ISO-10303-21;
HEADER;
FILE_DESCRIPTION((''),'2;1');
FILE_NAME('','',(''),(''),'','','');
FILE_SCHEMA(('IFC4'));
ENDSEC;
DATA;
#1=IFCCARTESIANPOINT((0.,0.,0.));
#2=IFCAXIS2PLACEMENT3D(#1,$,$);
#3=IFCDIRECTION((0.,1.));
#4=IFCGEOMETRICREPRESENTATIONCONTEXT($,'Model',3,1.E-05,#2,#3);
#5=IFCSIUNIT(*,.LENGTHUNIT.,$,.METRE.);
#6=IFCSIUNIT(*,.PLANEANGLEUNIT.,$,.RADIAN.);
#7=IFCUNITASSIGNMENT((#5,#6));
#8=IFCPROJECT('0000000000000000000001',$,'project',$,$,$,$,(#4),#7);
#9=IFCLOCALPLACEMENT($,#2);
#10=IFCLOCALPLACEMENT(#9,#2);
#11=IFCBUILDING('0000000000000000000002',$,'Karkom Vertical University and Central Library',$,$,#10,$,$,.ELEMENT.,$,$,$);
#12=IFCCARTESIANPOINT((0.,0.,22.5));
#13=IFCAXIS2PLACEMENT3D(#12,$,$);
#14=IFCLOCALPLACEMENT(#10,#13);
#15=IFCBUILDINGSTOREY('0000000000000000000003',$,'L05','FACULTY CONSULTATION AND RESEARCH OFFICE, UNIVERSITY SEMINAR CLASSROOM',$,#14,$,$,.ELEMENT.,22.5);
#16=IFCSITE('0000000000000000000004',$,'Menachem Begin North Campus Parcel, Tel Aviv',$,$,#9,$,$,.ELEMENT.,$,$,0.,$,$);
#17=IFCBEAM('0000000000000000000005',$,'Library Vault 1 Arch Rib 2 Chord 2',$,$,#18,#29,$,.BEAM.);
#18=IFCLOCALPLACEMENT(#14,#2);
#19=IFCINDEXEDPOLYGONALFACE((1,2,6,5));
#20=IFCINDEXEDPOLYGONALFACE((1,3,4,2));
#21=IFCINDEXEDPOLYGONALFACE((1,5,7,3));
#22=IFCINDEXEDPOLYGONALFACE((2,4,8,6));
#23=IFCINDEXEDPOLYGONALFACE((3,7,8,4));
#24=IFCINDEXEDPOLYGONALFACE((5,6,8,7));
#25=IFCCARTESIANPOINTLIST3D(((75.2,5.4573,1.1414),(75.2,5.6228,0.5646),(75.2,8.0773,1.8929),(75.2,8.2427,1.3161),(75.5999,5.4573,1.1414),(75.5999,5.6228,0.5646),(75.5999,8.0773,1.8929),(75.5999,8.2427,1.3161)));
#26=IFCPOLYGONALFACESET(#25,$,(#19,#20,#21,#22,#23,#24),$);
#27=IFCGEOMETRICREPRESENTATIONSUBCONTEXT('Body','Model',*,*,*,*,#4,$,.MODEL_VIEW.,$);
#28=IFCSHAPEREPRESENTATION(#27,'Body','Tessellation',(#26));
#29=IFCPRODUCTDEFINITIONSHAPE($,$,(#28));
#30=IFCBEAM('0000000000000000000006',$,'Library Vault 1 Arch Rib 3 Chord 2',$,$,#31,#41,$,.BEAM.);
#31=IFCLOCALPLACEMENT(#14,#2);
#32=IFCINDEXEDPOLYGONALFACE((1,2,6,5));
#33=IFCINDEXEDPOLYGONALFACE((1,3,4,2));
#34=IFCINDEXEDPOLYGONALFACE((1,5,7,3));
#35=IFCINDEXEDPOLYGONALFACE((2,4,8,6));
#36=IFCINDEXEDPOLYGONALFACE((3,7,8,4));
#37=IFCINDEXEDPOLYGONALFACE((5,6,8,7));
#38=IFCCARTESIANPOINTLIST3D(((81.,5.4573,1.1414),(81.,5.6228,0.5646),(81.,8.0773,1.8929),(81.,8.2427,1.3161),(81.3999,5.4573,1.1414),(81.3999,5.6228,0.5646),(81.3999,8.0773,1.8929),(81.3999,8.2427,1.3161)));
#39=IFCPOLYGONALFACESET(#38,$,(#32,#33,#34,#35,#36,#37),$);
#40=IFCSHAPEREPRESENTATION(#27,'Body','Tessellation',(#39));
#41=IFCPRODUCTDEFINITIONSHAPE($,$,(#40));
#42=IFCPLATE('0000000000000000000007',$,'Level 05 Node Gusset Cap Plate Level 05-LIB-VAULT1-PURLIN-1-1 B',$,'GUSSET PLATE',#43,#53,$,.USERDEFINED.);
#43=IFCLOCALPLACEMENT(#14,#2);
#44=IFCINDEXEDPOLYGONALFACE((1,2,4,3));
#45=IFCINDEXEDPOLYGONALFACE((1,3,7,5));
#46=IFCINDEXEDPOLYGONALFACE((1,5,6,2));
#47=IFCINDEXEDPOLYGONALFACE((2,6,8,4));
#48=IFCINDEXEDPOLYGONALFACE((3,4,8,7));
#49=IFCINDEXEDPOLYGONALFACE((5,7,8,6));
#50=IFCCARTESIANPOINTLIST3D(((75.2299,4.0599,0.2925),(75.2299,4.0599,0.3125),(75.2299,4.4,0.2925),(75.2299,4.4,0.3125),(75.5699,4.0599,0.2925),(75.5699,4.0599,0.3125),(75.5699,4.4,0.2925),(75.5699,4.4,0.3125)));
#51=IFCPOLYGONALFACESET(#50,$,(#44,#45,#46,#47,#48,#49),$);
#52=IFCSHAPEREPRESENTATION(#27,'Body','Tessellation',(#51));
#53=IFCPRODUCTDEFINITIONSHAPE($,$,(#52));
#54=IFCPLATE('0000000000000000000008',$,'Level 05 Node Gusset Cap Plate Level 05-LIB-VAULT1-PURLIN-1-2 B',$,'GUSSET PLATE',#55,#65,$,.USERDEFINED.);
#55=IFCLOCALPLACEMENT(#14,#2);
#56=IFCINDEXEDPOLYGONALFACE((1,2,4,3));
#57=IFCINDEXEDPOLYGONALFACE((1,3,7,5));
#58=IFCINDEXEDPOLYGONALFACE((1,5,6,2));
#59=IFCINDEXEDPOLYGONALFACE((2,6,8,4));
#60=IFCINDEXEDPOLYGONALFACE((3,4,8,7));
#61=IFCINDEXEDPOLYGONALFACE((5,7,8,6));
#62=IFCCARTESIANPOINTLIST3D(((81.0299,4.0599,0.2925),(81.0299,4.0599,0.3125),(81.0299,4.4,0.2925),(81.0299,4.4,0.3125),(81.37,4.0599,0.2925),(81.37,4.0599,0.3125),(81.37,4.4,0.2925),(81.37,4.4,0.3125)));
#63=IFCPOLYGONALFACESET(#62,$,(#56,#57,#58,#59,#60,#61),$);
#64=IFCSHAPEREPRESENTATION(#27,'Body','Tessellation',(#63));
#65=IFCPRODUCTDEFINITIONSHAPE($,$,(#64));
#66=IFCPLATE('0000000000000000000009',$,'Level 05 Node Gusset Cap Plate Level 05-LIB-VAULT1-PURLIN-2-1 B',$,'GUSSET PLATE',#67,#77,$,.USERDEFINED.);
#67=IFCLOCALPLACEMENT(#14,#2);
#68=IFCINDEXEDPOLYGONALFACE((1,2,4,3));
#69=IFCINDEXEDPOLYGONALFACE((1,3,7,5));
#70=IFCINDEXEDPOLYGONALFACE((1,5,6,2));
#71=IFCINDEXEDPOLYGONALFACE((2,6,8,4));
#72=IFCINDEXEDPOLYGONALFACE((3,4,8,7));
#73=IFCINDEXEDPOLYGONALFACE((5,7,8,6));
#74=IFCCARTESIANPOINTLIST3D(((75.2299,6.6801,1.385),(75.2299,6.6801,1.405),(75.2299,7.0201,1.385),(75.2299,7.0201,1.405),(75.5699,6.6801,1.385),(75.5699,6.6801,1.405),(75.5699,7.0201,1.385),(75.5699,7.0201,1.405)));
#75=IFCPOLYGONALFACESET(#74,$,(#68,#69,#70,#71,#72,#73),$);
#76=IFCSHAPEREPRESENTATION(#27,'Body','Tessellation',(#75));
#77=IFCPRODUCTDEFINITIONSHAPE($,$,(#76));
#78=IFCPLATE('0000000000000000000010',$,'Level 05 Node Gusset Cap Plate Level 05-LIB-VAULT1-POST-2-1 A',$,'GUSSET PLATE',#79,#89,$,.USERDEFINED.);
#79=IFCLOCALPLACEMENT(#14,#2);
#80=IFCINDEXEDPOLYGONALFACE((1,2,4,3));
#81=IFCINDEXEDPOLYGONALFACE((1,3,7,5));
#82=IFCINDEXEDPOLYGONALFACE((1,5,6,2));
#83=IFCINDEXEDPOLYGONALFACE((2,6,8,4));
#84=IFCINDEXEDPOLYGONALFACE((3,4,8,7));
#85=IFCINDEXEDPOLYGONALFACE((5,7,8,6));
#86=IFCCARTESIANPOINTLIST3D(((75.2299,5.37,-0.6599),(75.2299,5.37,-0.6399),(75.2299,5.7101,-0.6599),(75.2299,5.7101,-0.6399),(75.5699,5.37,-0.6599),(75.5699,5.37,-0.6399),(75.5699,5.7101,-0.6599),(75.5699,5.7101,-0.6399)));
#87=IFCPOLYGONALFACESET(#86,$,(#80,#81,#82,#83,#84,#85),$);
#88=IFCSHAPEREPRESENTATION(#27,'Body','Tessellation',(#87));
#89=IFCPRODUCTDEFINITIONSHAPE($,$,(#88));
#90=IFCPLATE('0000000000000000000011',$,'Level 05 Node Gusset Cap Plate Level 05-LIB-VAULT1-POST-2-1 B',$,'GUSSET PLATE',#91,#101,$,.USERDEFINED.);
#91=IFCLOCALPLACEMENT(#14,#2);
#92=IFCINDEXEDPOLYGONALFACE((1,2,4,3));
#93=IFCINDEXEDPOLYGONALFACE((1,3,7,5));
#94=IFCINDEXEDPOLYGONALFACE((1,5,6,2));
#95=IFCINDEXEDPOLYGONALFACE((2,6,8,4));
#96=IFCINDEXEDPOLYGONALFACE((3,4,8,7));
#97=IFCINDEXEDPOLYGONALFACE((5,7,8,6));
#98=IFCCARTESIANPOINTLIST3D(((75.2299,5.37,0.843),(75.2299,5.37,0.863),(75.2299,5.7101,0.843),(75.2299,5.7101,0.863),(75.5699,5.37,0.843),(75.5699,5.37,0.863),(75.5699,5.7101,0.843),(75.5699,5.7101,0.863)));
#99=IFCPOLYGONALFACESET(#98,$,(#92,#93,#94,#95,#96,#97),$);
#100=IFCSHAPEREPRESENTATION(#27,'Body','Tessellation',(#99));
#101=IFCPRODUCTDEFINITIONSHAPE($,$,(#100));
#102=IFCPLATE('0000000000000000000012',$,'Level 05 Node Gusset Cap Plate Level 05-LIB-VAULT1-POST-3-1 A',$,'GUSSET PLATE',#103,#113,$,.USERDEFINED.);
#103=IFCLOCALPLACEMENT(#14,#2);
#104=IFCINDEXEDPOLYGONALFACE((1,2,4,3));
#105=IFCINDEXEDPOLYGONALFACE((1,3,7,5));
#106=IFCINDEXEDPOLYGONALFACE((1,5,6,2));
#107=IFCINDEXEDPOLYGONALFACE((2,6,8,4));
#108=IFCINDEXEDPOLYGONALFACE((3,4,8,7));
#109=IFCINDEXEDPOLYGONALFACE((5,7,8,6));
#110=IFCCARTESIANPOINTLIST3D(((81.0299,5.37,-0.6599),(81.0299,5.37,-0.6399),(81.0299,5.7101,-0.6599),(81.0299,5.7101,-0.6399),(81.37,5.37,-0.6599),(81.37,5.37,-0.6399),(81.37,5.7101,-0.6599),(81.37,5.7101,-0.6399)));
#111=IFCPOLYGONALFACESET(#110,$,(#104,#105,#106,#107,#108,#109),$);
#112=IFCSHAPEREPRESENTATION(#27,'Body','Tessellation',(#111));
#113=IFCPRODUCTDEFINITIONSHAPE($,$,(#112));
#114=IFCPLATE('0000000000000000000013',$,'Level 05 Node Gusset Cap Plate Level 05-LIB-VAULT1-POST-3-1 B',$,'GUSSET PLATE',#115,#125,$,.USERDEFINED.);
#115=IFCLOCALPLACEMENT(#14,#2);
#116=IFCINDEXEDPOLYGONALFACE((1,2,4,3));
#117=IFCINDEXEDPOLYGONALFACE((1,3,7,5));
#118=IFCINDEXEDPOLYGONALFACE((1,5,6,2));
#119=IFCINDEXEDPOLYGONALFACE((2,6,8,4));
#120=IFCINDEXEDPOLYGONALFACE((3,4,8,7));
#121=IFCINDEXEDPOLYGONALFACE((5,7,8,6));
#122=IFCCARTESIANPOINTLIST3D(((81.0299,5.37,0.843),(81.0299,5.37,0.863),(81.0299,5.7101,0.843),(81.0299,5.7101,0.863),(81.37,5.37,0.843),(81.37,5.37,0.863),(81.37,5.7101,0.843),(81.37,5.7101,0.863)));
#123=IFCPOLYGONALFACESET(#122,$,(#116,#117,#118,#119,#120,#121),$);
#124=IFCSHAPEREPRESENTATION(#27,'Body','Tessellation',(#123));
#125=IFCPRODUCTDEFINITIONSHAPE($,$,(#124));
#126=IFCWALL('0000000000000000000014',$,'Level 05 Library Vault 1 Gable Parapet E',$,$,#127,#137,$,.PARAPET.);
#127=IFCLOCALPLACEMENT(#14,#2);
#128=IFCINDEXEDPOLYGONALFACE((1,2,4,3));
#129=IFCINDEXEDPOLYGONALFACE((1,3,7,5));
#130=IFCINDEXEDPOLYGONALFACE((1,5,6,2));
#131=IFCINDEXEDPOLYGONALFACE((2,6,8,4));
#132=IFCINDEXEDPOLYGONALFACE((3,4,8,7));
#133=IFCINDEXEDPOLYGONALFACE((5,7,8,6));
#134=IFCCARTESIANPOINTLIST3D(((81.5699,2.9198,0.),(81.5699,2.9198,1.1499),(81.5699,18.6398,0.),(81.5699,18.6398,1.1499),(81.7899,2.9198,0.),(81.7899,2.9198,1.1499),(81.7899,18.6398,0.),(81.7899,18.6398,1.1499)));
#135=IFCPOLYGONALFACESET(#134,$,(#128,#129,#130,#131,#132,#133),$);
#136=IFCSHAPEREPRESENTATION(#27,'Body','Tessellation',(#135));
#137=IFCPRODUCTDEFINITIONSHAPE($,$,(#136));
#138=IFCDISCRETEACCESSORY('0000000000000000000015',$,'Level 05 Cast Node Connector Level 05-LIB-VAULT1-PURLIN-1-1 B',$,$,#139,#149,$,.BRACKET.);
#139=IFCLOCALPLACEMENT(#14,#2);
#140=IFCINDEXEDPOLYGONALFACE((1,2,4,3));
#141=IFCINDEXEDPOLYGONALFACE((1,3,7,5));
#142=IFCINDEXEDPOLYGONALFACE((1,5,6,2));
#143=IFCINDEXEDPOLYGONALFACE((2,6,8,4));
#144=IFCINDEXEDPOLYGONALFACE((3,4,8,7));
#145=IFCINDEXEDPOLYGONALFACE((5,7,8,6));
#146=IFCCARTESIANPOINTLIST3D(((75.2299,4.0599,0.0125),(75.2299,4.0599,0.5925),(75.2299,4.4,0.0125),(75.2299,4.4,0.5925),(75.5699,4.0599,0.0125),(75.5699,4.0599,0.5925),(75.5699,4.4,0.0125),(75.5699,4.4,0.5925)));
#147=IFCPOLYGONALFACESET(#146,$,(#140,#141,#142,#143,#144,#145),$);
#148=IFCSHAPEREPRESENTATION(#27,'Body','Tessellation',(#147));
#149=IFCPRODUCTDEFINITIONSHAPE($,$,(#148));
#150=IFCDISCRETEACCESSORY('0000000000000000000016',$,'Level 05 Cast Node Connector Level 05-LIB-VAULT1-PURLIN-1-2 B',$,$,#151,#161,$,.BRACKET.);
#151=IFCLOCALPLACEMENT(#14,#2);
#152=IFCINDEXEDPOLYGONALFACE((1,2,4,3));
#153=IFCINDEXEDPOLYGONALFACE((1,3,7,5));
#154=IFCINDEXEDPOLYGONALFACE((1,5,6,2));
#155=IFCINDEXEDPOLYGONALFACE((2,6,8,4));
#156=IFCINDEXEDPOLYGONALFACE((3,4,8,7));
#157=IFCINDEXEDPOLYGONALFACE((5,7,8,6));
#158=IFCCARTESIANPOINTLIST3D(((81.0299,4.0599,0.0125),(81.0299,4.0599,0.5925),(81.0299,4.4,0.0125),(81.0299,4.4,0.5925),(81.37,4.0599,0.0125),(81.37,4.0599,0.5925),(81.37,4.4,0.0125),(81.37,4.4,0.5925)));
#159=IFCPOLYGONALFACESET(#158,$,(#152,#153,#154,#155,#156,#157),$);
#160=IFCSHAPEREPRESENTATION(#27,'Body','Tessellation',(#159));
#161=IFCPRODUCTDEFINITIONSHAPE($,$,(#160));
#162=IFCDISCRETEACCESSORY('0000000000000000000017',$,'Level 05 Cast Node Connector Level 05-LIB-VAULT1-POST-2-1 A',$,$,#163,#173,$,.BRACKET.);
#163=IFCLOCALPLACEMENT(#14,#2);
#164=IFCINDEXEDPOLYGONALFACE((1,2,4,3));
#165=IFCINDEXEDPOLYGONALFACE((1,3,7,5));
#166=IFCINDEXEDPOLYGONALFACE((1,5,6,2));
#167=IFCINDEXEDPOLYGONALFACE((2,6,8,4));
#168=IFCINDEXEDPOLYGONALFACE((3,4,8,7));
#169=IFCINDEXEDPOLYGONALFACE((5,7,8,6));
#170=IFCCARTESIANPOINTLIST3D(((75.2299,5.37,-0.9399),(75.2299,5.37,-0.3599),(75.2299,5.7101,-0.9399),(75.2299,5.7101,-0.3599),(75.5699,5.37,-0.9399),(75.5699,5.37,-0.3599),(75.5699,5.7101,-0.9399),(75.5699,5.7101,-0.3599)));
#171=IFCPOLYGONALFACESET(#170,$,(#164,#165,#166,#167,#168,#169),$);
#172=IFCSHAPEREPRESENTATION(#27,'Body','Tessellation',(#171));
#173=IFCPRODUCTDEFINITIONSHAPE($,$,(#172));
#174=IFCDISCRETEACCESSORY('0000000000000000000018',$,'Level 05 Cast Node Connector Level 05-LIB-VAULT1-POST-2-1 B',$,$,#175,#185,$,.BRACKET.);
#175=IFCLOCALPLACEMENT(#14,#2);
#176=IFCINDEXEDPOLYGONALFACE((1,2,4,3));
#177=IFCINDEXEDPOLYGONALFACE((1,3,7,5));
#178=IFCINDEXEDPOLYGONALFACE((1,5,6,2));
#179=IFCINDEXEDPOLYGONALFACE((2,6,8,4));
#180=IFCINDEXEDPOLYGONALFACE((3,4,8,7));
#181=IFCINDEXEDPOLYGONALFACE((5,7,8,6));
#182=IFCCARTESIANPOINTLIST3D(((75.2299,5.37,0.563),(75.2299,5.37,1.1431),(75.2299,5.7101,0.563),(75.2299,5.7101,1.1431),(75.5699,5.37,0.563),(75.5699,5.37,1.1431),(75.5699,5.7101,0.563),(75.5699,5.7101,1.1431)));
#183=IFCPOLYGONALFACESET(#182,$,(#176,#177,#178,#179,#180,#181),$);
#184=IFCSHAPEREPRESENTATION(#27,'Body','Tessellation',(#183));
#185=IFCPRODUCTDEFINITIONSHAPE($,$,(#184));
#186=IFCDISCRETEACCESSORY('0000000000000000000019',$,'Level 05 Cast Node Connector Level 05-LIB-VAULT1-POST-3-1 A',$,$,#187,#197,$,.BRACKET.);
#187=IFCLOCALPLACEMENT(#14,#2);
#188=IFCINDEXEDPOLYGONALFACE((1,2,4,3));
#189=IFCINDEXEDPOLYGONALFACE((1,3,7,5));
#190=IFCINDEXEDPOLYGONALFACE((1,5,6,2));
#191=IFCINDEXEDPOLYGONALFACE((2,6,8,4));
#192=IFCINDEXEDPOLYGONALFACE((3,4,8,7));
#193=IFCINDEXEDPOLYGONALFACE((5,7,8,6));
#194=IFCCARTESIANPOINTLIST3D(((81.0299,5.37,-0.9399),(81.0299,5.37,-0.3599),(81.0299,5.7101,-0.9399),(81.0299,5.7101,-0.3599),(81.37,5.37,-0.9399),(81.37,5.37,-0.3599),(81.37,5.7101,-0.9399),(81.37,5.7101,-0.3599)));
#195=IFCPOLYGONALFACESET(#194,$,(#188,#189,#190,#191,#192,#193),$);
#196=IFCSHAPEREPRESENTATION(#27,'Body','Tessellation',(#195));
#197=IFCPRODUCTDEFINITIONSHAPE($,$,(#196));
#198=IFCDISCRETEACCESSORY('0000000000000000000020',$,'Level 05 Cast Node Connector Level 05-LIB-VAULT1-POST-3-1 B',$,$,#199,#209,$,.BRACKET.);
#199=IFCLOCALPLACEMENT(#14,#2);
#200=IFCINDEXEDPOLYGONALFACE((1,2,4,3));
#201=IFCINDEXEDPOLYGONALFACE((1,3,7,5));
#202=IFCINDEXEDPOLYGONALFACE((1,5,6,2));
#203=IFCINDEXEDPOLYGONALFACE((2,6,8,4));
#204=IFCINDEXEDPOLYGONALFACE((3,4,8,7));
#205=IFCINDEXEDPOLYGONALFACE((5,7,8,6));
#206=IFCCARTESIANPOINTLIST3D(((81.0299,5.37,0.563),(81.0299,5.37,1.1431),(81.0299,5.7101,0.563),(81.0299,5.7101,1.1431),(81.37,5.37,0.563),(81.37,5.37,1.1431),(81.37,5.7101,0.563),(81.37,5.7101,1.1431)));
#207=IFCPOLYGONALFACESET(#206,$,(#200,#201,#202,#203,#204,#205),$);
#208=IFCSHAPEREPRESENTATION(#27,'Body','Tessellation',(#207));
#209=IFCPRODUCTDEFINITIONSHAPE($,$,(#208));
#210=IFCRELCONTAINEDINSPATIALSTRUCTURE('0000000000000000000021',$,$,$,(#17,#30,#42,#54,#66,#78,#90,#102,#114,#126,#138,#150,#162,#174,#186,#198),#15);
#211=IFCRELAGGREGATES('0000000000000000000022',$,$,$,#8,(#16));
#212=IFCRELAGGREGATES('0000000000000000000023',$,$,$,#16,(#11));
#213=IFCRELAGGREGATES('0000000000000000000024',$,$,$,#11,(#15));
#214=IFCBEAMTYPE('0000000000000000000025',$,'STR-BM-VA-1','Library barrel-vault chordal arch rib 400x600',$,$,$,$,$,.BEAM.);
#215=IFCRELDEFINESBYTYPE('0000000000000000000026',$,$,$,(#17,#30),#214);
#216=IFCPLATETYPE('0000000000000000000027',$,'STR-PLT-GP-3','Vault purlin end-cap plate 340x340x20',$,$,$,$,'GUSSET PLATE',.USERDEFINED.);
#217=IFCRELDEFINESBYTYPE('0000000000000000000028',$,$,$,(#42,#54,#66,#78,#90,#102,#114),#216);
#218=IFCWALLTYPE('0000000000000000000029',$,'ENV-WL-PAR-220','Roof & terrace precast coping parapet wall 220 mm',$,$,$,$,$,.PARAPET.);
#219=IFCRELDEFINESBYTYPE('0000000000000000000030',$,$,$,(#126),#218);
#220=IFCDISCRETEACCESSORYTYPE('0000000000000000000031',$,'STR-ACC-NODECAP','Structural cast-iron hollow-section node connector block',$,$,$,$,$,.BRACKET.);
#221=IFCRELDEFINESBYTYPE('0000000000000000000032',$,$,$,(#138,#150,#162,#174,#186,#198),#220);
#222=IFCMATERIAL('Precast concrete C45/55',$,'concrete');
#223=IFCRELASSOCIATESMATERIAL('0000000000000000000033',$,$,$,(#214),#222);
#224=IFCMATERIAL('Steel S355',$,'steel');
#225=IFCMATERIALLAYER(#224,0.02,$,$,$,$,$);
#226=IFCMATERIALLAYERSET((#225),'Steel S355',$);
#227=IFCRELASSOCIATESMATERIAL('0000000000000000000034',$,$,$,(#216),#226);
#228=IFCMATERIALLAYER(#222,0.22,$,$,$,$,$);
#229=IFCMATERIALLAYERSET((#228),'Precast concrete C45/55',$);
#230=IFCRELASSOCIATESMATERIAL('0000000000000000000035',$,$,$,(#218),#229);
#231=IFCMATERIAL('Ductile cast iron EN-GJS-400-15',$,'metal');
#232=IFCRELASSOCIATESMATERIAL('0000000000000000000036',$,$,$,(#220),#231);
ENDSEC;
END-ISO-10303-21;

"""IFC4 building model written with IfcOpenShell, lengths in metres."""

from ifc_helpers import new_model, si_unit, direction, frame, frame_2d, origin, origin_with_axes, origin_2d, place, context, subcontext, project, spatial, rectangle, extrude, source, transform, mapped, material, layer, layer_set, material_profile, profile_set, type_object, element, save


model = new_model("IFC4")

# Units and contexts
model_context = context("Model", 3, precision=1e-05, world=origin(), true_north=direction((0.0, 1.0)))
body_context = subcontext(model_context, "Body", "Model", "MODEL_VIEW")
ifc_project = project(units=[si_unit("LENGTHUNIT", "METRE"), si_unit("PLANEANGLEUNIT", "RADIAN")], contexts=[model_context])

# Site, building, storey
site_placement = place(None, origin())
site = spatial("IfcSite", under=ifc_project, at=site_placement, Name="Menachem Begin North Campus Parcel, Tel Aviv", CompositionType="ELEMENT", RefElevation=0.0)
building_placement = place(site_placement, origin())
building = spatial("IfcBuilding", under=site, at=building_placement, Name="Karkom Vertical University and Central Library", CompositionType="ELEMENT")
storey_placement = place(building_placement, frame((0.0, 0.0, 22.5)))
storey = spatial("IfcBuildingStorey", under=building, at=storey_placement, Name="L05", Description="FACULTY CONSULTATION AND RESEARCH OFFICE, UNIVERSITY SEMINAR CLASSROOM", CompositionType="ELEMENT", Elevation=22.5)

# Shared definitions
ifc_material_1 = material(Name="Steel S355", Category="steel")

# Beams
ifc_material_2 = material(Name="Precast concrete C45/55", Category="concrete")
ifc_material_profile_1 = material_profile(ifc_material_2, rectangle(XDim=0.3999, YDim=0.6001, at=origin_2d()), Name="RCB-400x600")
ifc_profile_set_1 = profile_set([ifc_material_profile_1], Name="Precast concrete C45/55")
beam_type = type_object("IfcBeamType", Name="STR-BM-VA-1", Description="Library barrel-vault chordal arch rib 400x600", PredefinedType="BEAM", material=ifc_profile_set_1)
shared_shape_1 = source(origin_with_axes(), body_context, "Body", "SweptSolid", [
    extrude(rectangle(XDim=0.3999, YDim=0.6001, at=origin_2d()), origin(), (0.0, 0.0, 1.0), 2.7256),
])
for number, where, z_axis, x_axis, name in (
    (1, (75.3999, 5.54, 0.853), (0.0, 0.961239, 0.275715), (-1.0, 0.0, 0.0), "Library Vault 1 Arch Rib 2 Chord 2"),
    (2, (81.2, 5.54, 0.853), (0.0, 0.961239, 0.275715), (-1.0, 0.0, 0.0), "Library Vault 1 Arch Rib 3 Chord 2"),
):
    element("IfcBeam", number, at=place(storey_placement, frame(where, z_axis=z_axis, x_axis=x_axis)), inside=storey, type_object=beam_type, Name=name, PredefinedType="BEAM", context=body_context, shape_type="MappedRepresentation", body=[
        mapped(shared_shape_1, transform((0.0, 0.0, 0.0), scale=1.0)),
    ])

# Plates
ifc_layer_1 = layer(ifc_material_1, 0.02)
ifc_layer_set_1 = layer_set([ifc_layer_1], Name="Steel S355")
plate_type = type_object("IfcPlateType", Name="STR-PLT-GP-3", Description="Vault purlin end-cap plate 340x340x20", ElementType="GUSSET PLATE", PredefinedType="USERDEFINED", material=ifc_layer_set_1)
shared_shape_2 = source(origin_with_axes(), body_context, "Body", "SweptSolid", [
    extrude(rectangle(XDim=0.3401, YDim=0.3401, at=origin_2d()), origin(), (0.0, 0.0, 1.0), 0.02),
])
for number, where, z_axis, x_axis, name in (
    (3, (75.3999, 4.23, 0.2925), (0.0, 0.0, 1.0), (1.0, 0.0, 0.0), "Level 05 Node Gusset Cap Plate Level 05-LIB-VAULT1-PURLIN-1-1 B"),
    (4, (81.2, 4.23, 0.2925), (0.0, 0.0, 1.0), (1.0, 0.0, 0.0), "Level 05 Node Gusset Cap Plate Level 05-LIB-VAULT1-PURLIN-1-2 B"),
    (5, (75.3999, 6.8501, 1.385), (0.0, 0.0, 1.0), (1.0, 0.0, 0.0), "Level 05 Node Gusset Cap Plate Level 05-LIB-VAULT1-PURLIN-2-1 B"),
    (6, (75.3999, 5.54, -0.6599), (0.0, 0.0, 1.0), (1.0, 0.0, 0.0), "Level 05 Node Gusset Cap Plate Level 05-LIB-VAULT1-POST-2-1 A"),
    (7, (75.3999, 5.54, 0.843), (0.0, 0.0, 1.0), (1.0, 0.0, 0.0), "Level 05 Node Gusset Cap Plate Level 05-LIB-VAULT1-POST-2-1 B"),
    (8, (81.2, 5.54, -0.6599), (0.0, 0.0, 1.0), (1.0, 0.0, 0.0), "Level 05 Node Gusset Cap Plate Level 05-LIB-VAULT1-POST-3-1 A"),
    (9, (81.2, 5.54, 0.843), (0.0, 0.0, 1.0), (1.0, 0.0, 0.0), "Level 05 Node Gusset Cap Plate Level 05-LIB-VAULT1-POST-3-1 B"),
):
    element("IfcPlate", number, at=place(storey_placement, frame(where, z_axis=z_axis, x_axis=x_axis)), inside=storey, type_object=plate_type, Name=name, ObjectType="GUSSET PLATE", PredefinedType="USERDEFINED", context=body_context, shape_type="MappedRepresentation", body=[
        mapped(shared_shape_2, transform((0.0, 0.0, 0.0), scale=1.0)),
    ])

# Wall
ifc_layer_2 = layer(ifc_material_2, 0.22)
ifc_layer_set_2 = layer_set([ifc_layer_2], Name="Precast concrete C45/55")
wall_type = type_object("IfcWallType", Name="ENV-WL-PAR-220", Description="Roof & terrace precast coping parapet wall 220 mm", PredefinedType="PARAPET", material=ifc_layer_set_2)
wall_placement = place(storey_placement, frame((81.6799, 2.9199, 0.0), z_axis=(0.0, 0.0, 1.0), x_axis=(0.0, 1.0, 0.0)))
element("IfcWall", 10, at=wall_placement, inside=storey, type_object=wall_type, Name="Level 05 Library Vault 1 Gable Parapet E", PredefinedType="PARAPET", context=body_context, shape_type="SweptSolid", body=[
    extrude(rectangle(XDim=15.72, YDim=0.22, at=frame_2d((7.8599, 0.0))), origin(), (0.0, 0.0, 1.0), 1.1499),
])

# Discrete accessories
ifc_material_3 = material(Name="Ductile cast iron EN-GJS-400-15", Category="metal")
discrete_accessory_type = type_object("IfcDiscreteAccessoryType", Name="STR-ACC-NODECAP", Description="Structural cast-iron hollow-section node connector block", PredefinedType="BRACKET", material=ifc_material_3)
shared_shape_3 = source(origin_with_axes(), body_context, "Body", "SweptSolid", [
    extrude(rectangle(XDim=0.3401, YDim=0.3401, at=origin_2d()), origin(), (0.0, 0.0, 1.0), 0.5801),
])
for number, where, z_axis, x_axis, name in (
    (11, (75.3999, 4.23, 0.0125), (0.0, 0.0, 1.0), (1.0, 0.0, 0.0), "Level 05 Cast Node Connector Level 05-LIB-VAULT1-PURLIN-1-1 B"),
    (12, (81.2, 4.23, 0.0125), (0.0, 0.0, 1.0), (1.0, 0.0, 0.0), "Level 05 Cast Node Connector Level 05-LIB-VAULT1-PURLIN-1-2 B"),
    (13, (75.3999, 5.54, -0.9399), (0.0, 0.0, 1.0), (1.0, 0.0, 0.0), "Level 05 Cast Node Connector Level 05-LIB-VAULT1-POST-2-1 A"),
    (14, (75.3999, 5.54, 0.563), (0.0, 0.0, 1.0), (1.0, 0.0, 0.0), "Level 05 Cast Node Connector Level 05-LIB-VAULT1-POST-2-1 B"),
    (15, (81.2, 5.54, -0.9399), (0.0, 0.0, 1.0), (1.0, 0.0, 0.0), "Level 05 Cast Node Connector Level 05-LIB-VAULT1-POST-3-1 A"),
    (16, (81.2, 5.54, 0.563), (0.0, 0.0, 1.0), (1.0, 0.0, 0.0), "Level 05 Cast Node Connector Level 05-LIB-VAULT1-POST-3-1 B"),
):
    element("IfcDiscreteAccessory", number, at=place(storey_placement, frame(where, z_axis=z_axis, x_axis=x_axis)), inside=storey, type_object=discrete_accessory_type, Name=name, PredefinedType="BRACKET", context=body_context, shape_type="MappedRepresentation", body=[
        mapped(shared_shape_3, transform((0.0, 0.0, 0.0), scale=1.0)),
    ])

save(model, "model.ifc")
